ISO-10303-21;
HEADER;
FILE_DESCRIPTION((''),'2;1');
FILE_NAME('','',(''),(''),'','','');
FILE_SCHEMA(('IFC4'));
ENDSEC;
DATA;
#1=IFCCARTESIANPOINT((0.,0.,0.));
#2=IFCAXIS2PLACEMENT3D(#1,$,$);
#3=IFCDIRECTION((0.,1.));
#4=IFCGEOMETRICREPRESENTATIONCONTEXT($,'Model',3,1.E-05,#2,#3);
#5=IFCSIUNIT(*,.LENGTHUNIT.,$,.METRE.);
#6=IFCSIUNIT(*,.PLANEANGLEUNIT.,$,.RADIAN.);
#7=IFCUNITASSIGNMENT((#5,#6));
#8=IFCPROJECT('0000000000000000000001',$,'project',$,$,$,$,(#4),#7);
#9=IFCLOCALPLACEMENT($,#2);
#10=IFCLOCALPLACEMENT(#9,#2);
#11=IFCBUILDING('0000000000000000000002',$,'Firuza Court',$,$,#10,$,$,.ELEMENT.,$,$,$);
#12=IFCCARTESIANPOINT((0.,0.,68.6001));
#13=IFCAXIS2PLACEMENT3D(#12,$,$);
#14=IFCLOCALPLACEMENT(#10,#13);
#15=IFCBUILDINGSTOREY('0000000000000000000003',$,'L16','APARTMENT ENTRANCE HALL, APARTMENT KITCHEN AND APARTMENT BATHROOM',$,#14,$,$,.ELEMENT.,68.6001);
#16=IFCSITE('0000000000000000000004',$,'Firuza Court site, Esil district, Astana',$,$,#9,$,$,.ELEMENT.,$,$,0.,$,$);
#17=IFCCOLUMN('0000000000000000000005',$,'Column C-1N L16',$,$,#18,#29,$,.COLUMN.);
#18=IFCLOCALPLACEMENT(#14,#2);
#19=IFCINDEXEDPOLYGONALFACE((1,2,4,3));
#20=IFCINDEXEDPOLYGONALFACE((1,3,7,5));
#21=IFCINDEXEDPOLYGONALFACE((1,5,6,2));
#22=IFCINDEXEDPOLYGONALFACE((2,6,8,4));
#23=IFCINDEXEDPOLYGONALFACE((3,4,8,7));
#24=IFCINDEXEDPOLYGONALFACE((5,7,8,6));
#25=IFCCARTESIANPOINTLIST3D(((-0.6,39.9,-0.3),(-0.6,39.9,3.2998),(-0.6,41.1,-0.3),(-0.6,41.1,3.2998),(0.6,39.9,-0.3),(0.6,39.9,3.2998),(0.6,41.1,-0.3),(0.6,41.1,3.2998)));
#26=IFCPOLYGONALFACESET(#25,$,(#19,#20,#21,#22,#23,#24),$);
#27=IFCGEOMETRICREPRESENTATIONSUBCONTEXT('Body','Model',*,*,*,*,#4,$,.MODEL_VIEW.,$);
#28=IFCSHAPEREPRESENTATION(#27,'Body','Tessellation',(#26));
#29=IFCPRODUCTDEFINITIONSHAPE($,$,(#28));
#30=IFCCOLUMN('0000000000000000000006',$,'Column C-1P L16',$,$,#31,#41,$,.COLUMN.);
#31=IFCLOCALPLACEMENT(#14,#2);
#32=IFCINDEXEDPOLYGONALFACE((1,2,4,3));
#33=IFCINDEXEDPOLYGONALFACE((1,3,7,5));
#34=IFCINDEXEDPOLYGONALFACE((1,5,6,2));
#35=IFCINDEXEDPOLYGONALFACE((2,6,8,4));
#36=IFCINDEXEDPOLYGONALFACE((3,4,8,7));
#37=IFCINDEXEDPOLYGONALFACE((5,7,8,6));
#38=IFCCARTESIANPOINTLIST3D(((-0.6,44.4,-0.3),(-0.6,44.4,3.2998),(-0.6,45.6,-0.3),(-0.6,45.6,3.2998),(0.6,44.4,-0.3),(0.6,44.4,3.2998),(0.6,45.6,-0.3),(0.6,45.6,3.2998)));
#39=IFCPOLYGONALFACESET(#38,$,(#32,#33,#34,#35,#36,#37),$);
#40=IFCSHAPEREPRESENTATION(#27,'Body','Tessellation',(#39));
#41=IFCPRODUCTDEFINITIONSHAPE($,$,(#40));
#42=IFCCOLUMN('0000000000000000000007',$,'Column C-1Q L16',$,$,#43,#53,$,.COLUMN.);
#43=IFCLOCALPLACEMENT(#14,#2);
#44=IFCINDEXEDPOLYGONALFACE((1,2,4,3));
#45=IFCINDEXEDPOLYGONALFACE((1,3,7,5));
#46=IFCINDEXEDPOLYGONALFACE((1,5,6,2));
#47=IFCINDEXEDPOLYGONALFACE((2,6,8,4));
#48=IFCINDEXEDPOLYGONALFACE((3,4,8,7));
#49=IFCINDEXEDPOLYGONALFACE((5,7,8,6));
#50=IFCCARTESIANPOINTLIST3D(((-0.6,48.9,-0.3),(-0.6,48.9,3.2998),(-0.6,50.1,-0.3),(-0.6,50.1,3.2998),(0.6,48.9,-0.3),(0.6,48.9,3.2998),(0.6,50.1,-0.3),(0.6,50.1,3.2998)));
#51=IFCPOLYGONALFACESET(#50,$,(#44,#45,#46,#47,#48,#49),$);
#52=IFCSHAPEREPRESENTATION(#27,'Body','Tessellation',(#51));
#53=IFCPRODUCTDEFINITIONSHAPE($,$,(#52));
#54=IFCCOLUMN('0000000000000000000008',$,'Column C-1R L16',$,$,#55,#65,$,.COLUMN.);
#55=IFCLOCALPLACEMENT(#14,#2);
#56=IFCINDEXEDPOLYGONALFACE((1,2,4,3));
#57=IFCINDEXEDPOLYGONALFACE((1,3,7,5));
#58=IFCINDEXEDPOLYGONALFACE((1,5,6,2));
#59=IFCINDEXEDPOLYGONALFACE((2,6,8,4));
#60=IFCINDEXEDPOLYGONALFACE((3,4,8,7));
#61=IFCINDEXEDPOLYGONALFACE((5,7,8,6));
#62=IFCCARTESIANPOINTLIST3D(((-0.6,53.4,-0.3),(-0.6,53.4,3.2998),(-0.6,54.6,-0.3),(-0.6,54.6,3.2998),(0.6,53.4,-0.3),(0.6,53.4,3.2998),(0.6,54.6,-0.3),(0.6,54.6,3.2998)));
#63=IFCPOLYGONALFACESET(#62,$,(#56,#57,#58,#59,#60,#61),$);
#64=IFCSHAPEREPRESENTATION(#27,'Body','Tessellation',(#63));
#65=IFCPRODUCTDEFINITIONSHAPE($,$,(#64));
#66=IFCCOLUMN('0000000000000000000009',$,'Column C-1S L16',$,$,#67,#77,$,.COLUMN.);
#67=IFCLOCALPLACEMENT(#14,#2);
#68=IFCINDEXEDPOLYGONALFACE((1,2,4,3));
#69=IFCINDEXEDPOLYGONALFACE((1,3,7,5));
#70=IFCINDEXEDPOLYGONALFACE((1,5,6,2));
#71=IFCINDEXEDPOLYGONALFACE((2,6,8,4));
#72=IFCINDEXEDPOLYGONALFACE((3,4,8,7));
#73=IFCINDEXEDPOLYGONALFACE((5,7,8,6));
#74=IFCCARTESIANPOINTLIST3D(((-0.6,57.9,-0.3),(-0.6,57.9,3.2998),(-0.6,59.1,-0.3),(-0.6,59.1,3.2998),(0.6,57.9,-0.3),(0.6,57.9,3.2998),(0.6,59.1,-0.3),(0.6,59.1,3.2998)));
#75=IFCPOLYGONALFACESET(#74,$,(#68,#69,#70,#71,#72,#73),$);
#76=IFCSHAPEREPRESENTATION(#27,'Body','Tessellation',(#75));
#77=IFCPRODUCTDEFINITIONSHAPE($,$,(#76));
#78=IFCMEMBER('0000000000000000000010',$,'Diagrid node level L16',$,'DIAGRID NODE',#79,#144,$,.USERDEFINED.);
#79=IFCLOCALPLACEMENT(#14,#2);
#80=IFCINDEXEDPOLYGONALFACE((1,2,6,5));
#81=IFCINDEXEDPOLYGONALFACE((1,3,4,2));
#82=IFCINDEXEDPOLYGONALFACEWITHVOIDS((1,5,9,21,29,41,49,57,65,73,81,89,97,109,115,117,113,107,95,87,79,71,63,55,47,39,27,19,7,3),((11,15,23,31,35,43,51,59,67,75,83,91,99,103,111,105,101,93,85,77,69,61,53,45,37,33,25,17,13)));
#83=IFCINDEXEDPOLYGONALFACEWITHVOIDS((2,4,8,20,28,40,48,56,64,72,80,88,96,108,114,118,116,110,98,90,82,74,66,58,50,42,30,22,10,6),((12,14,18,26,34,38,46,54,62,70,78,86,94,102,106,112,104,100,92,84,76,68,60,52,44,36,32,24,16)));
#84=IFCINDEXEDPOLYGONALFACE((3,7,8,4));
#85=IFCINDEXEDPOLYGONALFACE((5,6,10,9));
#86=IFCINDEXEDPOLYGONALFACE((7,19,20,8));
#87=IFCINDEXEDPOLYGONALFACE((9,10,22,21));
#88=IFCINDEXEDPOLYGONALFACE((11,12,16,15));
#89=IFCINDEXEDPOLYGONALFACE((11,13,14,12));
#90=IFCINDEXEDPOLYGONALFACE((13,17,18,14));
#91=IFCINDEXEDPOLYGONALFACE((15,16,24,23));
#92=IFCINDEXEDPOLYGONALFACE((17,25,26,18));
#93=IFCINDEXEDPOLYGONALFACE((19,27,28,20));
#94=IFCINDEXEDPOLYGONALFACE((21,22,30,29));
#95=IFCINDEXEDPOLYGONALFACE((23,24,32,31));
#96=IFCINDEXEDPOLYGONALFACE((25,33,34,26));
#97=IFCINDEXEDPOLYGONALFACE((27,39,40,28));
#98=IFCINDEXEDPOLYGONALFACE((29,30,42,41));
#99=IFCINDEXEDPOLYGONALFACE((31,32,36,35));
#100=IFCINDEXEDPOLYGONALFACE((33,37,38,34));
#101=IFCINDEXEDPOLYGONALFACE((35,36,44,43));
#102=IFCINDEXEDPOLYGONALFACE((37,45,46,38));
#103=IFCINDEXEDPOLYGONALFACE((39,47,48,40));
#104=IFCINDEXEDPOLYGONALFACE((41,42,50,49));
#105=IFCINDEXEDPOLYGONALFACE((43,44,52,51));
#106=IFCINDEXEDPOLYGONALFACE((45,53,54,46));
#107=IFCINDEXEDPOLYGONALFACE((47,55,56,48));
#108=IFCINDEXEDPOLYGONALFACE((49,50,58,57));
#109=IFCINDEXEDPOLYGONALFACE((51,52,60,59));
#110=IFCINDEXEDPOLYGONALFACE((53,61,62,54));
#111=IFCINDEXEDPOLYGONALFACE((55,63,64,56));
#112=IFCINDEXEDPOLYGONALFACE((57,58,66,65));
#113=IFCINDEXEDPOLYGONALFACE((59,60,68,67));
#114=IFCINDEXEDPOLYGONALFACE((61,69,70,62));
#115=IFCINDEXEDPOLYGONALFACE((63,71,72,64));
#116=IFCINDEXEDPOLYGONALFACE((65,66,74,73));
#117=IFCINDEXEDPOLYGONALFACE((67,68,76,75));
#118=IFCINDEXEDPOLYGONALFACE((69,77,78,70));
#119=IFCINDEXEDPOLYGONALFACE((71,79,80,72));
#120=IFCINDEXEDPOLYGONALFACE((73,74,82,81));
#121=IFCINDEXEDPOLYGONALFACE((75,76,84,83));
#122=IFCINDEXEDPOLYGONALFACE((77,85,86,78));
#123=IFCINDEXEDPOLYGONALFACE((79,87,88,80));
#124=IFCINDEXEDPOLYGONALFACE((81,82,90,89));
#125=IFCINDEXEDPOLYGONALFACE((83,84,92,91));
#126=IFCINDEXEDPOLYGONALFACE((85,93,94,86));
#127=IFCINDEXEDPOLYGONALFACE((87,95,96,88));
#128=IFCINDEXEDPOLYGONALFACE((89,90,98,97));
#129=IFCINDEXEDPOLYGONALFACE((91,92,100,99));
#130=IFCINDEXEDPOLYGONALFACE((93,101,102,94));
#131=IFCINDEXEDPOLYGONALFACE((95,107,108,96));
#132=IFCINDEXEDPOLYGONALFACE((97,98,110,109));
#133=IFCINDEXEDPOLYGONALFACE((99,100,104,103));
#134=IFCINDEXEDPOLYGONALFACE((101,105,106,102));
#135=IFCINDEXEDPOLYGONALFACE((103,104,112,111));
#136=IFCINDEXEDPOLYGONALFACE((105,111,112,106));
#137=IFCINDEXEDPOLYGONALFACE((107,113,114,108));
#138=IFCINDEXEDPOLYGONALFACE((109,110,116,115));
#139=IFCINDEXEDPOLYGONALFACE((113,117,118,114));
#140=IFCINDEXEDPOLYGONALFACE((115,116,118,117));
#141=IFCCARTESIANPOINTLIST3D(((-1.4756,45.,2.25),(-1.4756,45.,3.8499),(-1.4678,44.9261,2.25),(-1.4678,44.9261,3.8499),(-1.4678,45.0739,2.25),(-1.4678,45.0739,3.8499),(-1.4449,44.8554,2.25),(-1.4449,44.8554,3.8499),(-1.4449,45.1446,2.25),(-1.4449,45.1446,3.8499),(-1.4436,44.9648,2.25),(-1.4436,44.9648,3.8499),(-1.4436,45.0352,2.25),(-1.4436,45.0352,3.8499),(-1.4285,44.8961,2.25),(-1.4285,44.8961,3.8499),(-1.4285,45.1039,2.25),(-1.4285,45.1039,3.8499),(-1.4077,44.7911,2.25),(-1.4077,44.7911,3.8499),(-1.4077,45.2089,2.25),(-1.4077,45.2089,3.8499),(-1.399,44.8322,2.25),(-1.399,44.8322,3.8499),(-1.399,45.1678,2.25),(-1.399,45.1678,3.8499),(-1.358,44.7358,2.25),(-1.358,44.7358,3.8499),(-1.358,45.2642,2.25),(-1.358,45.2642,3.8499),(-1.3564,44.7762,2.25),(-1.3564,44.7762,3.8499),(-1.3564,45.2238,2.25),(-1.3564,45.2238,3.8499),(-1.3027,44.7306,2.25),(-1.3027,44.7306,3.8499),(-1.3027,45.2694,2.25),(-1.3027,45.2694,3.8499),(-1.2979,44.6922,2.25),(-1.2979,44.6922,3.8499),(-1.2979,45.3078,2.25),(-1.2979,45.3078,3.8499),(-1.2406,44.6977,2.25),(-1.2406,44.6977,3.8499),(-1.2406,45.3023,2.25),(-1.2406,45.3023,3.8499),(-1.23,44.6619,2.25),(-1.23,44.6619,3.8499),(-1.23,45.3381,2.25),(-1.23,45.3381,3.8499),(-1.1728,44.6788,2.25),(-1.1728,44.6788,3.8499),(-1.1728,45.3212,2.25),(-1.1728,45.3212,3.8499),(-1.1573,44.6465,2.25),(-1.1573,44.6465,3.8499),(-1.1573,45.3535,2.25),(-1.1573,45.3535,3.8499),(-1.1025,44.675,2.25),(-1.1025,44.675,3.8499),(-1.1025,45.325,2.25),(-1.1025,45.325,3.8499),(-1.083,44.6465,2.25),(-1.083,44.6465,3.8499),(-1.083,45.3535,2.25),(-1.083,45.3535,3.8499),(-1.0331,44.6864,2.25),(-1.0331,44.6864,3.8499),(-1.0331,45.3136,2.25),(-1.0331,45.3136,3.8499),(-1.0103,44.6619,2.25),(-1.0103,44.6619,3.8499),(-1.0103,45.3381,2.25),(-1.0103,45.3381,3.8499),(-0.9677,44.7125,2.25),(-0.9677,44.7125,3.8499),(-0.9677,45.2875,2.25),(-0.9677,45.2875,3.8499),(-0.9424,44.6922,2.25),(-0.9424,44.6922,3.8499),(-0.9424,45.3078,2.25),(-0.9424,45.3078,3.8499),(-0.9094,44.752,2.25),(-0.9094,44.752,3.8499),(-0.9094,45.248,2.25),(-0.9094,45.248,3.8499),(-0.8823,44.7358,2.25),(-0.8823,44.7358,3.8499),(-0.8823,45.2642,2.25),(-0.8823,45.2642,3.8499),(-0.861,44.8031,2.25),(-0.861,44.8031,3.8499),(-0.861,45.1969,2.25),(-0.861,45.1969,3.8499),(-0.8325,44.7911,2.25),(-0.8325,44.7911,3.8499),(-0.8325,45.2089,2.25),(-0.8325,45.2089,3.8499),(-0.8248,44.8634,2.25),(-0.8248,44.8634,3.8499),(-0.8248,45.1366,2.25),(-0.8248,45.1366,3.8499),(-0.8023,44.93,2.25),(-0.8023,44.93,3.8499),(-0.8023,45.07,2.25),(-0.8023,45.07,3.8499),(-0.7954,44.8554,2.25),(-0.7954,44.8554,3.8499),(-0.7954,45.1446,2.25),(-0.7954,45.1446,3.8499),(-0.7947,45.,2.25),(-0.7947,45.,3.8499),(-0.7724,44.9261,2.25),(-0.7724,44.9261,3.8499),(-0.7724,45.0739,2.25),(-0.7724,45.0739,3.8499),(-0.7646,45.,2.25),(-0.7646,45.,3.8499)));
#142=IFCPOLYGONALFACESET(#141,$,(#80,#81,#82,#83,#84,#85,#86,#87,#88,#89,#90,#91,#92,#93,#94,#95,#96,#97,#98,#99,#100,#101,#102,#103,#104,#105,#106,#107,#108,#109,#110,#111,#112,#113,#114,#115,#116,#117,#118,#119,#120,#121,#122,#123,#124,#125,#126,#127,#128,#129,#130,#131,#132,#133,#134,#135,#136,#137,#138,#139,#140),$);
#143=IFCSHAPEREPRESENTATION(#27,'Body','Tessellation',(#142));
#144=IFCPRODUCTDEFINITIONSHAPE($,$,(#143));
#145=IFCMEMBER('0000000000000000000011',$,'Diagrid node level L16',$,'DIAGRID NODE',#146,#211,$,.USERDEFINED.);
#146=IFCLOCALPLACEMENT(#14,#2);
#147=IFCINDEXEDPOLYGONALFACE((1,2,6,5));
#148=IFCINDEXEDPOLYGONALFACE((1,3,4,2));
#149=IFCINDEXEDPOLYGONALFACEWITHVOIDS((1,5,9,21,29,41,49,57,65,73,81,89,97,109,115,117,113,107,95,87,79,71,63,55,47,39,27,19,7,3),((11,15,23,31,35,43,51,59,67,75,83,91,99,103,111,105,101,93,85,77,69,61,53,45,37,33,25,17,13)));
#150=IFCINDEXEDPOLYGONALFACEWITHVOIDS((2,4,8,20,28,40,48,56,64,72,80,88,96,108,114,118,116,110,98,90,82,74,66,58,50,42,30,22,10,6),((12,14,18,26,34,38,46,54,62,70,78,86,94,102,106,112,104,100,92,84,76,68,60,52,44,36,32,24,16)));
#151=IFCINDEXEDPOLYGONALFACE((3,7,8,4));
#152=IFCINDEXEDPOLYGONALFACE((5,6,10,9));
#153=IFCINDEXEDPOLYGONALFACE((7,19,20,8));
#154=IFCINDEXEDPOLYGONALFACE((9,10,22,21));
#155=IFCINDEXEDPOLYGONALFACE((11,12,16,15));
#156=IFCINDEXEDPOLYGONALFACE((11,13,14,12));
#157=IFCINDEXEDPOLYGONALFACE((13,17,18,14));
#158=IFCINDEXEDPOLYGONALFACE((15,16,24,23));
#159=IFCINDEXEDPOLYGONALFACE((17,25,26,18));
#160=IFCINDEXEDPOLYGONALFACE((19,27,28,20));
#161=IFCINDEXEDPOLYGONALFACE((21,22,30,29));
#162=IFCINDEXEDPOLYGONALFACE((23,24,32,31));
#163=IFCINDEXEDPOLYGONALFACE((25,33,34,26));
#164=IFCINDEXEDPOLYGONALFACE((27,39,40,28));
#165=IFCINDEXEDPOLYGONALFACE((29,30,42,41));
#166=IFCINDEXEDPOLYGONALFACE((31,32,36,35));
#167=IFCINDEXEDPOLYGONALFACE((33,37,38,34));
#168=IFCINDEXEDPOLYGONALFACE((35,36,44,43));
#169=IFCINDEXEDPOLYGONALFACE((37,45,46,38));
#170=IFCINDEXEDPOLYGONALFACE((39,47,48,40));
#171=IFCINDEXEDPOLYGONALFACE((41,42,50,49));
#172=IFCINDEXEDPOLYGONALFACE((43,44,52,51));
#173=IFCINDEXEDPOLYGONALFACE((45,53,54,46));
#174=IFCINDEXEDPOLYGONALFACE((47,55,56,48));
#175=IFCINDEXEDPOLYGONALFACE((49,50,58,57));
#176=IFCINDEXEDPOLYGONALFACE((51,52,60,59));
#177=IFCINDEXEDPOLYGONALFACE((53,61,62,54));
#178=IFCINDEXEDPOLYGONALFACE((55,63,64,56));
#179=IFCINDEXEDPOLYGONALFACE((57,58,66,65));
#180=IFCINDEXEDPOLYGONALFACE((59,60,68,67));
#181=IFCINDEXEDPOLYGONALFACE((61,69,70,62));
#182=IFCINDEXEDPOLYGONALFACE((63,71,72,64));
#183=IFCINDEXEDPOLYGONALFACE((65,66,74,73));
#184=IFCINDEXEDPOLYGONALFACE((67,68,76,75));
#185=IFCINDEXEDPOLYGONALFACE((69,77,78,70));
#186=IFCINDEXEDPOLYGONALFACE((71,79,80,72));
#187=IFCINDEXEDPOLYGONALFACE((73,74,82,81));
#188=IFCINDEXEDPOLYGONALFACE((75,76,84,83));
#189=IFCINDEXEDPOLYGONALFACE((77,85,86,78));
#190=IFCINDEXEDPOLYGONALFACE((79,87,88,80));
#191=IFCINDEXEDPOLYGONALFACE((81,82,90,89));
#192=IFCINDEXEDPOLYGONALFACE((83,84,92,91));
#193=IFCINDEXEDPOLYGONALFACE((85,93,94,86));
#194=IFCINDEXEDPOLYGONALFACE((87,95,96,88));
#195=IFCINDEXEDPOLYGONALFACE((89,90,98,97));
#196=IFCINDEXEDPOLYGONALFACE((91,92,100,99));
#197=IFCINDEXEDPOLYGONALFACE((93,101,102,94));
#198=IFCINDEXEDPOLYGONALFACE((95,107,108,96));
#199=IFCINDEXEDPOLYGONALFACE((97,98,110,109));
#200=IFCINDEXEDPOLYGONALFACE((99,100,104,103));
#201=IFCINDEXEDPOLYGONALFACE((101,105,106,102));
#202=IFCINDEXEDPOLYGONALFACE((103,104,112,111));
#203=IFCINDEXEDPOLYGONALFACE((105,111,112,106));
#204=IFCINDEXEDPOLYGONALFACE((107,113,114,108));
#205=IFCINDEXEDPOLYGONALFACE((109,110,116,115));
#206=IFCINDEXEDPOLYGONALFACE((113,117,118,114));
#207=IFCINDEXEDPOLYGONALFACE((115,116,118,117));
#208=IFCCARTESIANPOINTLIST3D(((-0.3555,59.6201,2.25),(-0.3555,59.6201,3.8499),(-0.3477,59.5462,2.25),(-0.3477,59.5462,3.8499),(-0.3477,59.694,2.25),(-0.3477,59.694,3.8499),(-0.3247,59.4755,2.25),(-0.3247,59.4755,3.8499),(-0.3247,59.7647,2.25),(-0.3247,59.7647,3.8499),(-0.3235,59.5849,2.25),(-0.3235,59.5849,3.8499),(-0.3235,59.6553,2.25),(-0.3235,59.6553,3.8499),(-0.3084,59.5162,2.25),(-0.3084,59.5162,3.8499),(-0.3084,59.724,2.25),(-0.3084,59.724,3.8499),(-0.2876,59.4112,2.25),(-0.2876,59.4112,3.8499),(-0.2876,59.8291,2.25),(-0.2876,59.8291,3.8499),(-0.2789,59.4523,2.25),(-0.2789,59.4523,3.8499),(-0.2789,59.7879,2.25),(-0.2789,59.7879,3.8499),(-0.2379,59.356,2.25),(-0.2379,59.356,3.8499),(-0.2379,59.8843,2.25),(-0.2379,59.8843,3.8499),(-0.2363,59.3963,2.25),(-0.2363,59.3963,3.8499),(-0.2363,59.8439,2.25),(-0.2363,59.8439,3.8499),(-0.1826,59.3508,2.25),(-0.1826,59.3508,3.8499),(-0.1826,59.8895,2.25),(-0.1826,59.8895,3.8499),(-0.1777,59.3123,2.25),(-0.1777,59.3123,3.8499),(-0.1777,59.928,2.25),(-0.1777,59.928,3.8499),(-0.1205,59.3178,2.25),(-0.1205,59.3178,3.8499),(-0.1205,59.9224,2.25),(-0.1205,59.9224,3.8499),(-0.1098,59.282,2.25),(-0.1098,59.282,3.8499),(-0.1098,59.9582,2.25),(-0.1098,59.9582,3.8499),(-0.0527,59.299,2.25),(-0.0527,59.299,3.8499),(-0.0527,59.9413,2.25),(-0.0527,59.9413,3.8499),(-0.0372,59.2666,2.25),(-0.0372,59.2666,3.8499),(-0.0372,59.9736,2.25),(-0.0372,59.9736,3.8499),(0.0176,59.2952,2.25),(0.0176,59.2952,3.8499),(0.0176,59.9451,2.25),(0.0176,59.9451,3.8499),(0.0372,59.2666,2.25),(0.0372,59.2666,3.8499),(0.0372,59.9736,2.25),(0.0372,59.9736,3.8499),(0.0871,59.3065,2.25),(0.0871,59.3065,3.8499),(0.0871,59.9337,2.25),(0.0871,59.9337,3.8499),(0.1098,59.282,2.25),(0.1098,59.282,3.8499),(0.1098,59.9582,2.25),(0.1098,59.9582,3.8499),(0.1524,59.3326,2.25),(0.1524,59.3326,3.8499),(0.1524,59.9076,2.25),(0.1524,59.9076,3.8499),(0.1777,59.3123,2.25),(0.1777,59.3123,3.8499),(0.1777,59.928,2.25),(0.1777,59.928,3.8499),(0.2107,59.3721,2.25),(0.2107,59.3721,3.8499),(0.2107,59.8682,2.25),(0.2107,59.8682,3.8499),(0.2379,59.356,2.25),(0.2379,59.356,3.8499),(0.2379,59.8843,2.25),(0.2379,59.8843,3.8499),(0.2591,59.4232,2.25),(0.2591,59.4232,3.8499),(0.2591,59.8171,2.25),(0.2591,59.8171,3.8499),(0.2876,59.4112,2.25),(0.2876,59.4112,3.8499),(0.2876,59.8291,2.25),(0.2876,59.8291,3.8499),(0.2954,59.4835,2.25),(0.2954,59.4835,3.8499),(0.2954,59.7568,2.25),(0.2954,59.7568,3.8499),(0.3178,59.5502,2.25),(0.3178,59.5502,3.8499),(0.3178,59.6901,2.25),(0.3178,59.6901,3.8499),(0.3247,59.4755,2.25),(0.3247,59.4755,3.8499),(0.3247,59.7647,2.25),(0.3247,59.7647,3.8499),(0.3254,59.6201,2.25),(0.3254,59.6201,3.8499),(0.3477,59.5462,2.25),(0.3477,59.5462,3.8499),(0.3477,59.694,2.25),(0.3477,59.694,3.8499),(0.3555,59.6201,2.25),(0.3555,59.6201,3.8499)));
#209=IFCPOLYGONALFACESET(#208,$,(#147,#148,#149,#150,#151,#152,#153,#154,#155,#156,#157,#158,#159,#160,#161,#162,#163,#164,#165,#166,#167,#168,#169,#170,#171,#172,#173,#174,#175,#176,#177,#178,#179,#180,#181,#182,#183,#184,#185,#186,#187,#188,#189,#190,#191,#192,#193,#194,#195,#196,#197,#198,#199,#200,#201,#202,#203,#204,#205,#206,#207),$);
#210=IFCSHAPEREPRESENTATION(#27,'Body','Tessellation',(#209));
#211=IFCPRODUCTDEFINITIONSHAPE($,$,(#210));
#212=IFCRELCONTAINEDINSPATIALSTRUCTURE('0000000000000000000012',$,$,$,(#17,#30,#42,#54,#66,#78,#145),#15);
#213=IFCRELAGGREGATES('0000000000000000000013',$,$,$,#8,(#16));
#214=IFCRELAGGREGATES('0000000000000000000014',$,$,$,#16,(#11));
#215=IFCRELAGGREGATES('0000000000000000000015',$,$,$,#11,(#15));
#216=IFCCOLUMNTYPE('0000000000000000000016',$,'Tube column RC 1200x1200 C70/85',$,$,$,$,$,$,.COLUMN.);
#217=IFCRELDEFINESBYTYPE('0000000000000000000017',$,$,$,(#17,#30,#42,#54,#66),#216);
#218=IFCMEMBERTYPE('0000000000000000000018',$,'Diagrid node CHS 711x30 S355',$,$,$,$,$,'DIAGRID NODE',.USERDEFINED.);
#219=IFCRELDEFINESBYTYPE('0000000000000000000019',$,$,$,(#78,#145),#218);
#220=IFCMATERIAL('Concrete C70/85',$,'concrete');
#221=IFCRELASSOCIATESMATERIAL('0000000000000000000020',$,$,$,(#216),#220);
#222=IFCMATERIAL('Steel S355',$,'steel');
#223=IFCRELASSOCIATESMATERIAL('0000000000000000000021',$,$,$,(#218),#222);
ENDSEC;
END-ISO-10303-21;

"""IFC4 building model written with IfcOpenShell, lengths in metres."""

from ifc_helpers import new_model, si_unit, direction, frame, origin, origin_2d, place, context, subcontext, project, spatial, rectangle, hollow_circle, extrude, material, material_profile, profile_set, type_object, element, save


model = new_model("IFC4")

# Units and contexts
model_context = context("Model", 3, precision=1e-05, world=origin(), true_north=direction((0.0, 1.0)))
body_context = subcontext(model_context, "Body", "Model", "MODEL_VIEW")
ifc_project = project(units=[si_unit("LENGTHUNIT", "METRE"), si_unit("PLANEANGLEUNIT", "RADIAN")], contexts=[model_context])

# Site, building, storey
site_placement = place(None, origin())
site = spatial("IfcSite", under=ifc_project, at=site_placement, Name="Firuza Court site, Esil district, Astana", CompositionType="ELEMENT", RefElevation=0.0)
building_placement = place(site_placement, origin())
building = spatial("IfcBuilding", under=site, at=building_placement, Name="Firuza Court", CompositionType="ELEMENT")
storey_placement = place(building_placement, frame((0.0, 0.0, 68.6001)))
storey = spatial("IfcBuildingStorey", under=building, at=storey_placement, Name="L16", Description="APARTMENT ENTRANCE HALL, APARTMENT KITCHEN AND APARTMENT BATHROOM", CompositionType="ELEMENT", Elevation=68.6001)

# Columns
ifc_material_1 = material(Name="Concrete C70/85", Category="concrete")
ifc_material_profile_1 = material_profile(ifc_material_1, rectangle(XDim=1.2, YDim=1.2, at=origin_2d()), Name="RC 1200x1200")
ifc_profile_set_1 = profile_set([ifc_material_profile_1], Name="Concrete C70/85")
column_type = type_object("IfcColumnType", Name="Tube column RC 1200x1200 C70/85", PredefinedType="COLUMN", material=ifc_profile_set_1)
for number, where, z_axis, x_axis, name in (
    (1, (0.0, 40.5, -0.3), (0.0, 0.0, 1.0), (1.0, 0.0, 0.0), "Column C-1N L16"),
    (2, (0.0, 45.0, -0.3), (0.0, 0.0, 1.0), (1.0, 0.0, 0.0), "Column C-1P L16"),
    (3, (0.0, 49.5, -0.3), (0.0, 0.0, 1.0), (1.0, 0.0, 0.0), "Column C-1Q L16"),
    (4, (0.0, 54.0, -0.3), (0.0, 0.0, 1.0), (1.0, 0.0, 0.0), "Column C-1R L16"),
    (5, (0.0, 58.5, -0.3), (0.0, 0.0, 1.0), (1.0, 0.0, 0.0), "Column C-1S L16"),
):
    element("IfcColumn", number, at=place(storey_placement, frame(where, z_axis=z_axis, x_axis=x_axis)), inside=storey, type_object=column_type, Name=name, PredefinedType="COLUMN", context=body_context, shape_type="SweptSolid", body=[
        extrude(rectangle(XDim=1.2, YDim=1.2, at=origin_2d()), origin(), (0.0, 0.0, 1.0), 3.5999),
    ])

# Members
ifc_material_2 = material(Name="Steel S355", Category="steel")
ifc_material_profile_2 = material_profile(ifc_material_2, hollow_circle(Radius=0.3555, WallThickness=0.03, at=origin_2d()), Name="CHS 711x30")
ifc_profile_set_2 = profile_set([ifc_material_profile_2], Name="Steel S355")
member_type_1 = type_object("IfcMemberType", Name="Diagrid node CHS 711x30 S355", ElementType="DIAGRID NODE", PredefinedType="USERDEFINED", material=ifc_profile_set_2)
for number, where, z_axis, x_axis, name in (
    (6, (-1.1201, 45.0, 2.25), (0.0, 0.0, 1.0), (1.0, 0.0, 0.0), "Diagrid node level L16"),
    (7, (0.0, 59.6201, 2.25), (0.0, 0.0, 1.0), (1.0, 0.0, 0.0), "Diagrid node level L16"),
):
    element("IfcMember", number, at=place(storey_placement, frame(where, z_axis=z_axis, x_axis=x_axis)), inside=storey, type_object=member_type_1, Name=name, ObjectType="DIAGRID NODE", PredefinedType="USERDEFINED", context=body_context, shape_type="SweptSolid", body=[
        extrude(hollow_circle(Radius=0.3555, WallThickness=0.03, at=origin_2d()), origin(), (0.0, 0.0, 1.0), 1.5999),
    ])

save(model, "model.ifc")
